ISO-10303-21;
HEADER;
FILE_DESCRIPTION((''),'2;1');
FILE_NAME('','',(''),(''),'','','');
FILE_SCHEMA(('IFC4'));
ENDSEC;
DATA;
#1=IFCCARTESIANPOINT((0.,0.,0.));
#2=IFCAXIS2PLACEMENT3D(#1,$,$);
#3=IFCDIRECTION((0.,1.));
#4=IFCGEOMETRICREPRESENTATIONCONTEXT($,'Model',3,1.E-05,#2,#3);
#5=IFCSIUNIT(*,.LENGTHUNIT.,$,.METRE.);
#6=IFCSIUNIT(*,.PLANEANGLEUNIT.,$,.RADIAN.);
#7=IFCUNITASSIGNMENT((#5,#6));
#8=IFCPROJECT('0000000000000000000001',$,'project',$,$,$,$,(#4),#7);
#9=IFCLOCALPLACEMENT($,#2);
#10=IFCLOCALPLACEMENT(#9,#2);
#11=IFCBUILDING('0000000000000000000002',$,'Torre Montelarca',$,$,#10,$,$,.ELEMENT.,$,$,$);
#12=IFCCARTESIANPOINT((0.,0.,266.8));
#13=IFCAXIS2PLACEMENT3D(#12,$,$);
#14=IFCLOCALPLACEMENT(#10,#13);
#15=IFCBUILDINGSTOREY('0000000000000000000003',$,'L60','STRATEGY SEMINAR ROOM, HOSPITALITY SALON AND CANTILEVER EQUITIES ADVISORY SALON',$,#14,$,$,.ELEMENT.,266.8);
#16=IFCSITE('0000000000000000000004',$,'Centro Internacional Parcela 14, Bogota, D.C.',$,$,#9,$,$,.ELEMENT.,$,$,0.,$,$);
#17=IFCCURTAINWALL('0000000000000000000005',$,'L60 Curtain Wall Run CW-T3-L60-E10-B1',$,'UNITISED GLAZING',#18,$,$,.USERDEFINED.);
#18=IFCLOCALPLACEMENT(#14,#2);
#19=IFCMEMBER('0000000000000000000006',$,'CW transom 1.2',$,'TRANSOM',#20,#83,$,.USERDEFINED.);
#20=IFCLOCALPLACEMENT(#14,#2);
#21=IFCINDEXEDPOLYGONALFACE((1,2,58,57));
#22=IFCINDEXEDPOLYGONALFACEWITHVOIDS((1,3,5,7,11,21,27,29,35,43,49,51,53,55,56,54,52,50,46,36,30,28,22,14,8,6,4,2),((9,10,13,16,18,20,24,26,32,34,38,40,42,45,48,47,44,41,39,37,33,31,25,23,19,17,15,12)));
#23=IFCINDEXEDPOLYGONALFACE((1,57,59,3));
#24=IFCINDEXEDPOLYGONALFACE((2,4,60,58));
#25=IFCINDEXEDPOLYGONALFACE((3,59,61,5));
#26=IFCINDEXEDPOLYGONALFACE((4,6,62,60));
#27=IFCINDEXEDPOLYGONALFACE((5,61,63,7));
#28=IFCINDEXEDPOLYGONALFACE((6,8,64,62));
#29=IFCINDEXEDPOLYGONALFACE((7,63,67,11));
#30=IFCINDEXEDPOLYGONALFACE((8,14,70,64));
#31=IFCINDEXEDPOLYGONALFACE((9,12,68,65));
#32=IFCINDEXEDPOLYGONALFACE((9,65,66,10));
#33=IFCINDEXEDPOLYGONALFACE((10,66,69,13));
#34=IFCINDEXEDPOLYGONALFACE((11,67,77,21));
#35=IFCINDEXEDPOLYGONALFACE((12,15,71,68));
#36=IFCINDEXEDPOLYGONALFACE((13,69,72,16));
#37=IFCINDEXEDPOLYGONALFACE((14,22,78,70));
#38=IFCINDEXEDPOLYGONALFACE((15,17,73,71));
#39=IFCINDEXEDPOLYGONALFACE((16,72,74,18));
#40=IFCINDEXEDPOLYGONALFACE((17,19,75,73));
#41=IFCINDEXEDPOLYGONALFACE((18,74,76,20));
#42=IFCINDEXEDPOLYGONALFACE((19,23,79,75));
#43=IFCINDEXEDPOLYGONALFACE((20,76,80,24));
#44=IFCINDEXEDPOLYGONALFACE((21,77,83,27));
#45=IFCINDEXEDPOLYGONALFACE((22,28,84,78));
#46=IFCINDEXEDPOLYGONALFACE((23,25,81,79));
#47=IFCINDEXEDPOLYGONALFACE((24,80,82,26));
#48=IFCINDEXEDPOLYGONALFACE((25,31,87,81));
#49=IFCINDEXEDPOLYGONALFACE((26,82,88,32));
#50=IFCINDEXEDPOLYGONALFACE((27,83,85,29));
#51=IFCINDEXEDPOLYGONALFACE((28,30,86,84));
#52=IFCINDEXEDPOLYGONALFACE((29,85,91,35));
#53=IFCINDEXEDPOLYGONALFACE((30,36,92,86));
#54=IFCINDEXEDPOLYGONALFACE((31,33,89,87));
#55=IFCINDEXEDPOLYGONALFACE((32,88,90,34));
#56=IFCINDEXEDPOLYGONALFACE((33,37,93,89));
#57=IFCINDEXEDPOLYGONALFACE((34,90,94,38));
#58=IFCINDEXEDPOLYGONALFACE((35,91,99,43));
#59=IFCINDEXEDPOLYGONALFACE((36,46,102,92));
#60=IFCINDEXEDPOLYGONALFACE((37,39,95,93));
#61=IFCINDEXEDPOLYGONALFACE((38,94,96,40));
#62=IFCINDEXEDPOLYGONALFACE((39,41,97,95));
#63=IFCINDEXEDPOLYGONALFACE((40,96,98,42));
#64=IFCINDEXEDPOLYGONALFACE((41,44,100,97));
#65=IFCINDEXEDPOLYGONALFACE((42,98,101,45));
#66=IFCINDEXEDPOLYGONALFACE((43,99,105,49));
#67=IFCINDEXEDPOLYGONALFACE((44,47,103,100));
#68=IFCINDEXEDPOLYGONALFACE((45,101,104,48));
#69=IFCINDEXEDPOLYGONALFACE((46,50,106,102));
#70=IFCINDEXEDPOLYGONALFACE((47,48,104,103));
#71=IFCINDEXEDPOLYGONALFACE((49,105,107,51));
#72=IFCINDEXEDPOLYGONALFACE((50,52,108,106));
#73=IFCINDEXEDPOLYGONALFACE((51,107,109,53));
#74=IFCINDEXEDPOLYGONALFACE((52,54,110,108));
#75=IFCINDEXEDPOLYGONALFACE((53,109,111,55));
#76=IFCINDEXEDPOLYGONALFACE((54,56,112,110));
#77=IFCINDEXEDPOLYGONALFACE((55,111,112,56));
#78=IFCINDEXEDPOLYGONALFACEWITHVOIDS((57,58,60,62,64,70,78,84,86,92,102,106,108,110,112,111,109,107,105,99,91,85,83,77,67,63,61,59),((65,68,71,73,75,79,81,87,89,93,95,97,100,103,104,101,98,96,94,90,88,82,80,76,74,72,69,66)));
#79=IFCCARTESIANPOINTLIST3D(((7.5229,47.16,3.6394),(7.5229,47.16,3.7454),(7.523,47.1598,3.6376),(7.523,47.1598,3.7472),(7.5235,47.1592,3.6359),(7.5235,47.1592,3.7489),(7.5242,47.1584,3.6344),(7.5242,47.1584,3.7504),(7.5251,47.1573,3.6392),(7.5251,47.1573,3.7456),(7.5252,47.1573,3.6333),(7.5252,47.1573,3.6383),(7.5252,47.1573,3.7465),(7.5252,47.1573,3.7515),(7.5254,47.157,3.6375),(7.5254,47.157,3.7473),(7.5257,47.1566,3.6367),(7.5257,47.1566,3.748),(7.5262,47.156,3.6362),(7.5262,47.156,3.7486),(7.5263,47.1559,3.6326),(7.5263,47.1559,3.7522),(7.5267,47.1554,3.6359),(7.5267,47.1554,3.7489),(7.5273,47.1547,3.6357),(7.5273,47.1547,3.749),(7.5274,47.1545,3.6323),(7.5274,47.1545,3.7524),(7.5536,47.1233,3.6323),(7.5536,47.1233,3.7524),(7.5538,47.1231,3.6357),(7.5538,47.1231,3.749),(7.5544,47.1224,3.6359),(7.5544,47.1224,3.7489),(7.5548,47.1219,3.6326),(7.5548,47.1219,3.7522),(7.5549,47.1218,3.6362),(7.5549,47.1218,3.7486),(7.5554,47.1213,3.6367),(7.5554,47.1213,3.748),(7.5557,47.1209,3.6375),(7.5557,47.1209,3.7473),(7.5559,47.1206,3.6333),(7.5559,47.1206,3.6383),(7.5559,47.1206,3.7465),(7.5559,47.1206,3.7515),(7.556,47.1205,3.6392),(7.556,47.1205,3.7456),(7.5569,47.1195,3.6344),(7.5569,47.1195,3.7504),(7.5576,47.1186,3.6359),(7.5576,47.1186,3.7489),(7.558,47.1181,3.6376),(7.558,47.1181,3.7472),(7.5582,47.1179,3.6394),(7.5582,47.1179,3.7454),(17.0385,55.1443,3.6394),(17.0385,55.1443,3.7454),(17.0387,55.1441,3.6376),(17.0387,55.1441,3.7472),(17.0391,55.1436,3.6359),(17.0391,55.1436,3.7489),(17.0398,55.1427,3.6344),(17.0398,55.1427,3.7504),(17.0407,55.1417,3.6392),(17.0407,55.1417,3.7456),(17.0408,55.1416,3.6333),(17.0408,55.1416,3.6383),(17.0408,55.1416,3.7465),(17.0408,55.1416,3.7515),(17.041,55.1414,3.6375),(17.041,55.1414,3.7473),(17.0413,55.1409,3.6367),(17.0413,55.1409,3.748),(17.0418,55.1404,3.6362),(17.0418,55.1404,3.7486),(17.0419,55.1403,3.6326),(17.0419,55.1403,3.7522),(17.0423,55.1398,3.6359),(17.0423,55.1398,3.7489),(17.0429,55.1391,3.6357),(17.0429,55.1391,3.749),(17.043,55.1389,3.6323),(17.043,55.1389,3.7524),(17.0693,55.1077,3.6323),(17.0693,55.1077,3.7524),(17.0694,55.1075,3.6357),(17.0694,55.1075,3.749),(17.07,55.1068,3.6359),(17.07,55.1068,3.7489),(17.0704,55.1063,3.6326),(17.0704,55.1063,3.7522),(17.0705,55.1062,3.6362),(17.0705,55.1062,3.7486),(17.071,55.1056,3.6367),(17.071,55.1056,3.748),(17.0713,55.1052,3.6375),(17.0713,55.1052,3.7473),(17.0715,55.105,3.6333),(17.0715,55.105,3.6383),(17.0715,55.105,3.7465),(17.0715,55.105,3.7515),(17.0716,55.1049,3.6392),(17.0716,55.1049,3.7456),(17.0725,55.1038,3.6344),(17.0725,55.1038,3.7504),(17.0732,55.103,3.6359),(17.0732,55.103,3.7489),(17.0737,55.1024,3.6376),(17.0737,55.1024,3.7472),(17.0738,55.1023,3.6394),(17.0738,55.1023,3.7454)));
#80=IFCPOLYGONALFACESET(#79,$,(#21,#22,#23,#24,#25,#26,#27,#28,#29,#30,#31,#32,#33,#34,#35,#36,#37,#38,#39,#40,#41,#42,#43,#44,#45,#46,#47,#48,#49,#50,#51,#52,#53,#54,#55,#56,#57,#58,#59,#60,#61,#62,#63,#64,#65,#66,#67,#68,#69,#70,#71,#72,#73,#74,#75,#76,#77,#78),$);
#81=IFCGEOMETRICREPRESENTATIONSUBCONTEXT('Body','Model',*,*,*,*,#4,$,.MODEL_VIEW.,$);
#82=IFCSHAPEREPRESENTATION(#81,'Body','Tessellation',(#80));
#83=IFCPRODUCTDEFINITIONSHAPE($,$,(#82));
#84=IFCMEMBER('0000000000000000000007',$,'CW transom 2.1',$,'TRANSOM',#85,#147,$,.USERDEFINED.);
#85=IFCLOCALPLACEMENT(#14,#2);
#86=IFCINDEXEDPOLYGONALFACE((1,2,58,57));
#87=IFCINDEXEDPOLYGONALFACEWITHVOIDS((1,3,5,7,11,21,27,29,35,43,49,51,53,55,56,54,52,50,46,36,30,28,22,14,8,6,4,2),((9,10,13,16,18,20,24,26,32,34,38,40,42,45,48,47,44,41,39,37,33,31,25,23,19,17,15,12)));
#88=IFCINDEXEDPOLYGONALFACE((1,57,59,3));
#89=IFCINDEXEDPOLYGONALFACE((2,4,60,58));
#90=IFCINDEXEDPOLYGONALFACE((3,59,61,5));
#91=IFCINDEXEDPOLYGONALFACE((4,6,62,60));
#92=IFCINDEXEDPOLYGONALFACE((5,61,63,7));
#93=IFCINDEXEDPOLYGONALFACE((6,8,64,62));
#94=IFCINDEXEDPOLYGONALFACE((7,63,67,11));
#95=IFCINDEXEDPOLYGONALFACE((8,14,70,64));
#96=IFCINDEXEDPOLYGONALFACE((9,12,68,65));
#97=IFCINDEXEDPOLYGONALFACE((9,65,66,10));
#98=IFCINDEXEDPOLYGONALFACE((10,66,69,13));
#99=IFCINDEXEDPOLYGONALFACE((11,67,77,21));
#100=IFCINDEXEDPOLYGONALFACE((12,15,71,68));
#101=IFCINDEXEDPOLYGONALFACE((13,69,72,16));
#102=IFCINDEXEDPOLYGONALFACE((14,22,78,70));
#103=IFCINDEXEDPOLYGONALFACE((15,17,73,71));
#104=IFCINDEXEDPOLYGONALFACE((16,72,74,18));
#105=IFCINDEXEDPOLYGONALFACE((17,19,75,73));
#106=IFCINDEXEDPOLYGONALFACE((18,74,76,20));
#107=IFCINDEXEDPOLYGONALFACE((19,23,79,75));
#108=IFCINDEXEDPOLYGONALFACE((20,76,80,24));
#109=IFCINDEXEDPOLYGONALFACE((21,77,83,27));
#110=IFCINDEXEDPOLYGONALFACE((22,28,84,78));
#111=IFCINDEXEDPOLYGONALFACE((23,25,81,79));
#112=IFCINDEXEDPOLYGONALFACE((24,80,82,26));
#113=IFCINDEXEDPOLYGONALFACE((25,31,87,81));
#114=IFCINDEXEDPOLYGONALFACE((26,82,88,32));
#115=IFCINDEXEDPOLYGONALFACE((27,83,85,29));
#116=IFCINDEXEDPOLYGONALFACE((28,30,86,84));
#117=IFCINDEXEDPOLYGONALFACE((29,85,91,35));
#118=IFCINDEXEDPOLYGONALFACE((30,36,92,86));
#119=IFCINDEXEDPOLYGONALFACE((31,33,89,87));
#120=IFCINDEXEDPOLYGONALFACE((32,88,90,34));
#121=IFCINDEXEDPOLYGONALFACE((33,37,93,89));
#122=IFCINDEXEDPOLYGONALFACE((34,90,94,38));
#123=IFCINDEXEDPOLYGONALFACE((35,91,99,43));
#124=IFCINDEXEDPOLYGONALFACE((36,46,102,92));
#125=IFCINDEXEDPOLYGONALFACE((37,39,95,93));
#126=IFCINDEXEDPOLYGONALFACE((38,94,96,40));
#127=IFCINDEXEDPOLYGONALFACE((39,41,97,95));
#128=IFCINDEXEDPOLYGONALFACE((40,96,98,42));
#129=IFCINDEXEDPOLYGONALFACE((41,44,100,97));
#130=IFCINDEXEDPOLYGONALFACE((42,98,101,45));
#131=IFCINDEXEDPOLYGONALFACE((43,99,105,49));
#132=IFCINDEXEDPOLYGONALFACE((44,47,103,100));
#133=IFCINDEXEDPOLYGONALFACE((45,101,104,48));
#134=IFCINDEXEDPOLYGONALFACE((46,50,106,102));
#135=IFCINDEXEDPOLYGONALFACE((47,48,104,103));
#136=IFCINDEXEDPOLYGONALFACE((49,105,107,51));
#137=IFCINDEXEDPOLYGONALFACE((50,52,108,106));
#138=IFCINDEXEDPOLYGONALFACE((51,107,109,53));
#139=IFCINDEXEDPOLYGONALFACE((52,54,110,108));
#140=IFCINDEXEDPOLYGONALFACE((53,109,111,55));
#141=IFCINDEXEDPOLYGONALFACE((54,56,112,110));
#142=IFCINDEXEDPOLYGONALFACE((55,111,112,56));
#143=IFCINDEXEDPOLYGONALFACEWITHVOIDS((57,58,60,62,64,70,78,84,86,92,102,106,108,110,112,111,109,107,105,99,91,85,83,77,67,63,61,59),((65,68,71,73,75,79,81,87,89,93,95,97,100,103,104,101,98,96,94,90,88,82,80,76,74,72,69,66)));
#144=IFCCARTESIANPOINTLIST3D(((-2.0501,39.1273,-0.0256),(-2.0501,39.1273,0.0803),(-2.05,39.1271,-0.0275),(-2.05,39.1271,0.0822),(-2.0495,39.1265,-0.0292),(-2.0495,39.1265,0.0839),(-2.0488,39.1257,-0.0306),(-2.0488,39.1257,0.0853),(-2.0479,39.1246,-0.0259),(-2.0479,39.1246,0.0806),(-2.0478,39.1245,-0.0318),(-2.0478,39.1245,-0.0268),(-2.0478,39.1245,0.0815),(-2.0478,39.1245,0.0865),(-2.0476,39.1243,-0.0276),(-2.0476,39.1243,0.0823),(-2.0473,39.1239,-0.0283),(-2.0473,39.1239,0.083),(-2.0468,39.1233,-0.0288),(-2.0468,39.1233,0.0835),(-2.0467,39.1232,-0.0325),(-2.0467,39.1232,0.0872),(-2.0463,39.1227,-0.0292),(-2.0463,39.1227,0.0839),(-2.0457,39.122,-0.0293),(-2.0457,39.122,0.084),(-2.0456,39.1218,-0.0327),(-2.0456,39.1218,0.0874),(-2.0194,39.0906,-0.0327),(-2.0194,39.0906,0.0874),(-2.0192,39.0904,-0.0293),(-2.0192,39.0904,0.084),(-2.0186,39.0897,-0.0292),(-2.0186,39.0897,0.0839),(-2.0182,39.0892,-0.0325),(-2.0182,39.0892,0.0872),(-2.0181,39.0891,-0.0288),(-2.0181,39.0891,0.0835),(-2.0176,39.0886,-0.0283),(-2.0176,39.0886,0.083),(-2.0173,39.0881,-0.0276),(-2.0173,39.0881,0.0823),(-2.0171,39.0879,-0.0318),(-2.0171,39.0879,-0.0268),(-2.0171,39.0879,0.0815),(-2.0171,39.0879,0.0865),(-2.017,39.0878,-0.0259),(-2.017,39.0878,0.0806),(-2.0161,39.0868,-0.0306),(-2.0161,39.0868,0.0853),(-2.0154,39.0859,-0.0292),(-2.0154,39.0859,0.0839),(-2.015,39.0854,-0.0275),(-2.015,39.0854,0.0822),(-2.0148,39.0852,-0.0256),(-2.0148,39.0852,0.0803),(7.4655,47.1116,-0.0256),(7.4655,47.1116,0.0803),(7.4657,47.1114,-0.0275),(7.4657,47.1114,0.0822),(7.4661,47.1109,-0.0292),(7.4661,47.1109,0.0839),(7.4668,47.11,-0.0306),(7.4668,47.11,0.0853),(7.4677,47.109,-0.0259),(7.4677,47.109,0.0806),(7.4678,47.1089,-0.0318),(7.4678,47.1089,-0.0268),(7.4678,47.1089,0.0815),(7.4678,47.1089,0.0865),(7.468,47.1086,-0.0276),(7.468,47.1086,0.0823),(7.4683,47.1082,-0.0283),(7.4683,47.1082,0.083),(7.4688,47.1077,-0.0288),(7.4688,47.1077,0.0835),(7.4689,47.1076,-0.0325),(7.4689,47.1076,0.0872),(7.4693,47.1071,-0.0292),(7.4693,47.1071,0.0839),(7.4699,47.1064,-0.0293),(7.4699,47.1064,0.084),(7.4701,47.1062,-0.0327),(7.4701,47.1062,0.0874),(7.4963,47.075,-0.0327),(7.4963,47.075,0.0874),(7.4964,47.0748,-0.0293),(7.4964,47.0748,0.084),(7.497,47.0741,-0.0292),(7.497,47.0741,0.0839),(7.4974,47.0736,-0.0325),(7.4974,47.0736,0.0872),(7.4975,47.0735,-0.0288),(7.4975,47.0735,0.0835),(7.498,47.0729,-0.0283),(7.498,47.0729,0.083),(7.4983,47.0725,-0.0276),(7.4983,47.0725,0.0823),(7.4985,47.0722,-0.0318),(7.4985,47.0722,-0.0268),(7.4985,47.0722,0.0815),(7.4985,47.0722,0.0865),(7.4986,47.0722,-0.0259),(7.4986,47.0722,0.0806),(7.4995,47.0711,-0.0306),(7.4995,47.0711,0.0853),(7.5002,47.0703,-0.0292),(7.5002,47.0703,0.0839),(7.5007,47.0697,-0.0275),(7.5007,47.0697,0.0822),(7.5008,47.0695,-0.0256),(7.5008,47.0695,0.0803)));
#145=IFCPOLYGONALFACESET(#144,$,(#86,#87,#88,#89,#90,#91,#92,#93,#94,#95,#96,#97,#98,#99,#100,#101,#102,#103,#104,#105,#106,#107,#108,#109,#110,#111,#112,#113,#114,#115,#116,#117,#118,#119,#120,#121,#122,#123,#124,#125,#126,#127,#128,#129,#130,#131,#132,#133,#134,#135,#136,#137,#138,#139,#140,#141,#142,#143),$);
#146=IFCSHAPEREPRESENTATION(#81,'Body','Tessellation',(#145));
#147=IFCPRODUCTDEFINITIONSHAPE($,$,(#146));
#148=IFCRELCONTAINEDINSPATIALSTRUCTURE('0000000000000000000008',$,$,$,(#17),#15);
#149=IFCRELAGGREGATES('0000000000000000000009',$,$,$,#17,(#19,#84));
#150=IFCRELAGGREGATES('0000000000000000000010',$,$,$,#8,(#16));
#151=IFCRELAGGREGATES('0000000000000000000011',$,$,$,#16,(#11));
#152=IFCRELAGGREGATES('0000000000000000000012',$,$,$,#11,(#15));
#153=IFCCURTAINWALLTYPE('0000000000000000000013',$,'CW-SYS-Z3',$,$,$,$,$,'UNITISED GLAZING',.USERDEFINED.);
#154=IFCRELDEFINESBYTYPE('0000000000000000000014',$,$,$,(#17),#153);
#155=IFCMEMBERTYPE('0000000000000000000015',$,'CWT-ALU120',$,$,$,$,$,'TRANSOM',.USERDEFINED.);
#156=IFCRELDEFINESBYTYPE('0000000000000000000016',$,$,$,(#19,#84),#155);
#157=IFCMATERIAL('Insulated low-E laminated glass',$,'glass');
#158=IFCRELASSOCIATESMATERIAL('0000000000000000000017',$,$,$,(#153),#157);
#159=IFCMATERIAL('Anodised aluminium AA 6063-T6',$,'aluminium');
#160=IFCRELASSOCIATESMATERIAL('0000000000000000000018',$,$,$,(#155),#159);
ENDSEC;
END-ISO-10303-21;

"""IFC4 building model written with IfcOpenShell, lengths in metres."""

from ifc_helpers import new_model, si_unit, direction, frame, origin, origin_2d, place, context, subcontext, project, spatial, hollow_rectangle, extrude, source, transform, mapped, material, material_profile, profile_set, type_object, element, aggregate, save


model = new_model("IFC4")

# Units and contexts
model_context = context("Model", 3, precision=1e-05, world=origin(), true_north=direction((0.0, 1.0)))
body_context = subcontext(model_context, "Body", "Model", "MODEL_VIEW")
ifc_project = project(units=[si_unit("LENGTHUNIT", "METRE"), si_unit("PLANEANGLEUNIT", "RADIAN")], contexts=[model_context])

# Site, building, storey
site_placement = place(None, origin())
site = spatial("IfcSite", under=ifc_project, at=site_placement, Name="Centro Internacional Parcela 14, Bogota, D.C.", CompositionType="ELEMENT", RefElevation=0.0)
building_placement = place(site_placement, origin())
building = spatial("IfcBuilding", under=site, at=building_placement, Name="Torre Montelarca", CompositionType="ELEMENT")
storey_placement = place(building_placement, frame((0.0, 0.0, 266.8)))
storey = spatial("IfcBuildingStorey", under=building, at=storey_placement, Name="L60", Description="STRATEGY SEMINAR ROOM, HOSPITALITY SALON AND CANTILEVER EQUITIES ADVISORY SALON", CompositionType="ELEMENT", Elevation=266.8)

# Curtain wall, members
ifc_material_1 = material(Name="Insulated low-E laminated glass", Category="glass")
curtain_wall_type = type_object("IfcCurtainWallType", Name="CW-SYS-Z3", ElementType="UNITISED GLAZING", PredefinedType="USERDEFINED", material=ifc_material_1)
ifc_material_2 = material(Name="Anodised aluminium AA 6063-T6", Category="aluminium")
ifc_material_profile_1 = material_profile(ifc_material_2, hollow_rectangle(XDim=0.0549, YDim=0.1201, WallThickness=0.0034, InnerFilletRadius=0.0034, OuterFilletRadius=0.0071, at=origin_2d()), Name="ALU55X120X3.5", Category="aluminium")
ifc_profile_set_1 = profile_set([ifc_material_profile_1], Name="Anodised aluminium AA 6063-T6")
member_type_1 = type_object("IfcMemberType", Name="CWT-ALU120", ElementType="TRANSOM", PredefinedType="USERDEFINED", material=ifc_profile_set_1)
curtain_wall_1_placement = place(storey_placement, origin())
curtain_wall_1 = element("IfcCurtainWall", 1, at=curtain_wall_1_placement, inside=storey, type_object=curtain_wall_type, Name="L60 Curtain Wall Run CW-T3-L60-E10-B1", ObjectType="UNITISED GLAZING", PredefinedType="USERDEFINED")
shared_shape_1 = source(origin(), body_context, "Body", "SweptSolid", [
    extrude(hollow_rectangle(XDim=0.0549, YDim=0.1201, WallThickness=0.0034, InnerFilletRadius=0.0034, OuterFilletRadius=0.0071, at=origin_2d()), origin(), (0.0, 0.0, 1.0), 12.4216),
])
member_1_placement = place(storey_placement, frame((17.0562, 55.1233, 3.6924), z_axis=(-0.766052, -0.642779, 0.0), x_axis=(0.642779, -0.766052, 0.0)))
member_1 = element("IfcMember", 2, at=member_1_placement, type_object=member_type_1, Name="CW transom 1.2", ObjectType="TRANSOM", PredefinedType="USERDEFINED", context=body_context, shape_type="MappedRepresentation", body=[
    mapped(shared_shape_1, transform((0.0, 0.0, 0.0), scale=1.0)),
])
member_2_placement = place(storey_placement, frame((7.4832, 47.0906, 0.0273), z_axis=(-0.766052, -0.642779, 0.0), x_axis=(0.642779, -0.766052, 0.0)))
member_2 = element("IfcMember", 3, at=member_2_placement, type_object=member_type_1, Name="CW transom 2.1", ObjectType="TRANSOM", PredefinedType="USERDEFINED", context=body_context, shape_type="MappedRepresentation", body=[
    mapped(shared_shape_1, transform((0.0, 0.0, 0.0), scale=1.0)),
])

aggregate(curtain_wall_1, [member_1, member_2])

save(model, "model.ifc")
